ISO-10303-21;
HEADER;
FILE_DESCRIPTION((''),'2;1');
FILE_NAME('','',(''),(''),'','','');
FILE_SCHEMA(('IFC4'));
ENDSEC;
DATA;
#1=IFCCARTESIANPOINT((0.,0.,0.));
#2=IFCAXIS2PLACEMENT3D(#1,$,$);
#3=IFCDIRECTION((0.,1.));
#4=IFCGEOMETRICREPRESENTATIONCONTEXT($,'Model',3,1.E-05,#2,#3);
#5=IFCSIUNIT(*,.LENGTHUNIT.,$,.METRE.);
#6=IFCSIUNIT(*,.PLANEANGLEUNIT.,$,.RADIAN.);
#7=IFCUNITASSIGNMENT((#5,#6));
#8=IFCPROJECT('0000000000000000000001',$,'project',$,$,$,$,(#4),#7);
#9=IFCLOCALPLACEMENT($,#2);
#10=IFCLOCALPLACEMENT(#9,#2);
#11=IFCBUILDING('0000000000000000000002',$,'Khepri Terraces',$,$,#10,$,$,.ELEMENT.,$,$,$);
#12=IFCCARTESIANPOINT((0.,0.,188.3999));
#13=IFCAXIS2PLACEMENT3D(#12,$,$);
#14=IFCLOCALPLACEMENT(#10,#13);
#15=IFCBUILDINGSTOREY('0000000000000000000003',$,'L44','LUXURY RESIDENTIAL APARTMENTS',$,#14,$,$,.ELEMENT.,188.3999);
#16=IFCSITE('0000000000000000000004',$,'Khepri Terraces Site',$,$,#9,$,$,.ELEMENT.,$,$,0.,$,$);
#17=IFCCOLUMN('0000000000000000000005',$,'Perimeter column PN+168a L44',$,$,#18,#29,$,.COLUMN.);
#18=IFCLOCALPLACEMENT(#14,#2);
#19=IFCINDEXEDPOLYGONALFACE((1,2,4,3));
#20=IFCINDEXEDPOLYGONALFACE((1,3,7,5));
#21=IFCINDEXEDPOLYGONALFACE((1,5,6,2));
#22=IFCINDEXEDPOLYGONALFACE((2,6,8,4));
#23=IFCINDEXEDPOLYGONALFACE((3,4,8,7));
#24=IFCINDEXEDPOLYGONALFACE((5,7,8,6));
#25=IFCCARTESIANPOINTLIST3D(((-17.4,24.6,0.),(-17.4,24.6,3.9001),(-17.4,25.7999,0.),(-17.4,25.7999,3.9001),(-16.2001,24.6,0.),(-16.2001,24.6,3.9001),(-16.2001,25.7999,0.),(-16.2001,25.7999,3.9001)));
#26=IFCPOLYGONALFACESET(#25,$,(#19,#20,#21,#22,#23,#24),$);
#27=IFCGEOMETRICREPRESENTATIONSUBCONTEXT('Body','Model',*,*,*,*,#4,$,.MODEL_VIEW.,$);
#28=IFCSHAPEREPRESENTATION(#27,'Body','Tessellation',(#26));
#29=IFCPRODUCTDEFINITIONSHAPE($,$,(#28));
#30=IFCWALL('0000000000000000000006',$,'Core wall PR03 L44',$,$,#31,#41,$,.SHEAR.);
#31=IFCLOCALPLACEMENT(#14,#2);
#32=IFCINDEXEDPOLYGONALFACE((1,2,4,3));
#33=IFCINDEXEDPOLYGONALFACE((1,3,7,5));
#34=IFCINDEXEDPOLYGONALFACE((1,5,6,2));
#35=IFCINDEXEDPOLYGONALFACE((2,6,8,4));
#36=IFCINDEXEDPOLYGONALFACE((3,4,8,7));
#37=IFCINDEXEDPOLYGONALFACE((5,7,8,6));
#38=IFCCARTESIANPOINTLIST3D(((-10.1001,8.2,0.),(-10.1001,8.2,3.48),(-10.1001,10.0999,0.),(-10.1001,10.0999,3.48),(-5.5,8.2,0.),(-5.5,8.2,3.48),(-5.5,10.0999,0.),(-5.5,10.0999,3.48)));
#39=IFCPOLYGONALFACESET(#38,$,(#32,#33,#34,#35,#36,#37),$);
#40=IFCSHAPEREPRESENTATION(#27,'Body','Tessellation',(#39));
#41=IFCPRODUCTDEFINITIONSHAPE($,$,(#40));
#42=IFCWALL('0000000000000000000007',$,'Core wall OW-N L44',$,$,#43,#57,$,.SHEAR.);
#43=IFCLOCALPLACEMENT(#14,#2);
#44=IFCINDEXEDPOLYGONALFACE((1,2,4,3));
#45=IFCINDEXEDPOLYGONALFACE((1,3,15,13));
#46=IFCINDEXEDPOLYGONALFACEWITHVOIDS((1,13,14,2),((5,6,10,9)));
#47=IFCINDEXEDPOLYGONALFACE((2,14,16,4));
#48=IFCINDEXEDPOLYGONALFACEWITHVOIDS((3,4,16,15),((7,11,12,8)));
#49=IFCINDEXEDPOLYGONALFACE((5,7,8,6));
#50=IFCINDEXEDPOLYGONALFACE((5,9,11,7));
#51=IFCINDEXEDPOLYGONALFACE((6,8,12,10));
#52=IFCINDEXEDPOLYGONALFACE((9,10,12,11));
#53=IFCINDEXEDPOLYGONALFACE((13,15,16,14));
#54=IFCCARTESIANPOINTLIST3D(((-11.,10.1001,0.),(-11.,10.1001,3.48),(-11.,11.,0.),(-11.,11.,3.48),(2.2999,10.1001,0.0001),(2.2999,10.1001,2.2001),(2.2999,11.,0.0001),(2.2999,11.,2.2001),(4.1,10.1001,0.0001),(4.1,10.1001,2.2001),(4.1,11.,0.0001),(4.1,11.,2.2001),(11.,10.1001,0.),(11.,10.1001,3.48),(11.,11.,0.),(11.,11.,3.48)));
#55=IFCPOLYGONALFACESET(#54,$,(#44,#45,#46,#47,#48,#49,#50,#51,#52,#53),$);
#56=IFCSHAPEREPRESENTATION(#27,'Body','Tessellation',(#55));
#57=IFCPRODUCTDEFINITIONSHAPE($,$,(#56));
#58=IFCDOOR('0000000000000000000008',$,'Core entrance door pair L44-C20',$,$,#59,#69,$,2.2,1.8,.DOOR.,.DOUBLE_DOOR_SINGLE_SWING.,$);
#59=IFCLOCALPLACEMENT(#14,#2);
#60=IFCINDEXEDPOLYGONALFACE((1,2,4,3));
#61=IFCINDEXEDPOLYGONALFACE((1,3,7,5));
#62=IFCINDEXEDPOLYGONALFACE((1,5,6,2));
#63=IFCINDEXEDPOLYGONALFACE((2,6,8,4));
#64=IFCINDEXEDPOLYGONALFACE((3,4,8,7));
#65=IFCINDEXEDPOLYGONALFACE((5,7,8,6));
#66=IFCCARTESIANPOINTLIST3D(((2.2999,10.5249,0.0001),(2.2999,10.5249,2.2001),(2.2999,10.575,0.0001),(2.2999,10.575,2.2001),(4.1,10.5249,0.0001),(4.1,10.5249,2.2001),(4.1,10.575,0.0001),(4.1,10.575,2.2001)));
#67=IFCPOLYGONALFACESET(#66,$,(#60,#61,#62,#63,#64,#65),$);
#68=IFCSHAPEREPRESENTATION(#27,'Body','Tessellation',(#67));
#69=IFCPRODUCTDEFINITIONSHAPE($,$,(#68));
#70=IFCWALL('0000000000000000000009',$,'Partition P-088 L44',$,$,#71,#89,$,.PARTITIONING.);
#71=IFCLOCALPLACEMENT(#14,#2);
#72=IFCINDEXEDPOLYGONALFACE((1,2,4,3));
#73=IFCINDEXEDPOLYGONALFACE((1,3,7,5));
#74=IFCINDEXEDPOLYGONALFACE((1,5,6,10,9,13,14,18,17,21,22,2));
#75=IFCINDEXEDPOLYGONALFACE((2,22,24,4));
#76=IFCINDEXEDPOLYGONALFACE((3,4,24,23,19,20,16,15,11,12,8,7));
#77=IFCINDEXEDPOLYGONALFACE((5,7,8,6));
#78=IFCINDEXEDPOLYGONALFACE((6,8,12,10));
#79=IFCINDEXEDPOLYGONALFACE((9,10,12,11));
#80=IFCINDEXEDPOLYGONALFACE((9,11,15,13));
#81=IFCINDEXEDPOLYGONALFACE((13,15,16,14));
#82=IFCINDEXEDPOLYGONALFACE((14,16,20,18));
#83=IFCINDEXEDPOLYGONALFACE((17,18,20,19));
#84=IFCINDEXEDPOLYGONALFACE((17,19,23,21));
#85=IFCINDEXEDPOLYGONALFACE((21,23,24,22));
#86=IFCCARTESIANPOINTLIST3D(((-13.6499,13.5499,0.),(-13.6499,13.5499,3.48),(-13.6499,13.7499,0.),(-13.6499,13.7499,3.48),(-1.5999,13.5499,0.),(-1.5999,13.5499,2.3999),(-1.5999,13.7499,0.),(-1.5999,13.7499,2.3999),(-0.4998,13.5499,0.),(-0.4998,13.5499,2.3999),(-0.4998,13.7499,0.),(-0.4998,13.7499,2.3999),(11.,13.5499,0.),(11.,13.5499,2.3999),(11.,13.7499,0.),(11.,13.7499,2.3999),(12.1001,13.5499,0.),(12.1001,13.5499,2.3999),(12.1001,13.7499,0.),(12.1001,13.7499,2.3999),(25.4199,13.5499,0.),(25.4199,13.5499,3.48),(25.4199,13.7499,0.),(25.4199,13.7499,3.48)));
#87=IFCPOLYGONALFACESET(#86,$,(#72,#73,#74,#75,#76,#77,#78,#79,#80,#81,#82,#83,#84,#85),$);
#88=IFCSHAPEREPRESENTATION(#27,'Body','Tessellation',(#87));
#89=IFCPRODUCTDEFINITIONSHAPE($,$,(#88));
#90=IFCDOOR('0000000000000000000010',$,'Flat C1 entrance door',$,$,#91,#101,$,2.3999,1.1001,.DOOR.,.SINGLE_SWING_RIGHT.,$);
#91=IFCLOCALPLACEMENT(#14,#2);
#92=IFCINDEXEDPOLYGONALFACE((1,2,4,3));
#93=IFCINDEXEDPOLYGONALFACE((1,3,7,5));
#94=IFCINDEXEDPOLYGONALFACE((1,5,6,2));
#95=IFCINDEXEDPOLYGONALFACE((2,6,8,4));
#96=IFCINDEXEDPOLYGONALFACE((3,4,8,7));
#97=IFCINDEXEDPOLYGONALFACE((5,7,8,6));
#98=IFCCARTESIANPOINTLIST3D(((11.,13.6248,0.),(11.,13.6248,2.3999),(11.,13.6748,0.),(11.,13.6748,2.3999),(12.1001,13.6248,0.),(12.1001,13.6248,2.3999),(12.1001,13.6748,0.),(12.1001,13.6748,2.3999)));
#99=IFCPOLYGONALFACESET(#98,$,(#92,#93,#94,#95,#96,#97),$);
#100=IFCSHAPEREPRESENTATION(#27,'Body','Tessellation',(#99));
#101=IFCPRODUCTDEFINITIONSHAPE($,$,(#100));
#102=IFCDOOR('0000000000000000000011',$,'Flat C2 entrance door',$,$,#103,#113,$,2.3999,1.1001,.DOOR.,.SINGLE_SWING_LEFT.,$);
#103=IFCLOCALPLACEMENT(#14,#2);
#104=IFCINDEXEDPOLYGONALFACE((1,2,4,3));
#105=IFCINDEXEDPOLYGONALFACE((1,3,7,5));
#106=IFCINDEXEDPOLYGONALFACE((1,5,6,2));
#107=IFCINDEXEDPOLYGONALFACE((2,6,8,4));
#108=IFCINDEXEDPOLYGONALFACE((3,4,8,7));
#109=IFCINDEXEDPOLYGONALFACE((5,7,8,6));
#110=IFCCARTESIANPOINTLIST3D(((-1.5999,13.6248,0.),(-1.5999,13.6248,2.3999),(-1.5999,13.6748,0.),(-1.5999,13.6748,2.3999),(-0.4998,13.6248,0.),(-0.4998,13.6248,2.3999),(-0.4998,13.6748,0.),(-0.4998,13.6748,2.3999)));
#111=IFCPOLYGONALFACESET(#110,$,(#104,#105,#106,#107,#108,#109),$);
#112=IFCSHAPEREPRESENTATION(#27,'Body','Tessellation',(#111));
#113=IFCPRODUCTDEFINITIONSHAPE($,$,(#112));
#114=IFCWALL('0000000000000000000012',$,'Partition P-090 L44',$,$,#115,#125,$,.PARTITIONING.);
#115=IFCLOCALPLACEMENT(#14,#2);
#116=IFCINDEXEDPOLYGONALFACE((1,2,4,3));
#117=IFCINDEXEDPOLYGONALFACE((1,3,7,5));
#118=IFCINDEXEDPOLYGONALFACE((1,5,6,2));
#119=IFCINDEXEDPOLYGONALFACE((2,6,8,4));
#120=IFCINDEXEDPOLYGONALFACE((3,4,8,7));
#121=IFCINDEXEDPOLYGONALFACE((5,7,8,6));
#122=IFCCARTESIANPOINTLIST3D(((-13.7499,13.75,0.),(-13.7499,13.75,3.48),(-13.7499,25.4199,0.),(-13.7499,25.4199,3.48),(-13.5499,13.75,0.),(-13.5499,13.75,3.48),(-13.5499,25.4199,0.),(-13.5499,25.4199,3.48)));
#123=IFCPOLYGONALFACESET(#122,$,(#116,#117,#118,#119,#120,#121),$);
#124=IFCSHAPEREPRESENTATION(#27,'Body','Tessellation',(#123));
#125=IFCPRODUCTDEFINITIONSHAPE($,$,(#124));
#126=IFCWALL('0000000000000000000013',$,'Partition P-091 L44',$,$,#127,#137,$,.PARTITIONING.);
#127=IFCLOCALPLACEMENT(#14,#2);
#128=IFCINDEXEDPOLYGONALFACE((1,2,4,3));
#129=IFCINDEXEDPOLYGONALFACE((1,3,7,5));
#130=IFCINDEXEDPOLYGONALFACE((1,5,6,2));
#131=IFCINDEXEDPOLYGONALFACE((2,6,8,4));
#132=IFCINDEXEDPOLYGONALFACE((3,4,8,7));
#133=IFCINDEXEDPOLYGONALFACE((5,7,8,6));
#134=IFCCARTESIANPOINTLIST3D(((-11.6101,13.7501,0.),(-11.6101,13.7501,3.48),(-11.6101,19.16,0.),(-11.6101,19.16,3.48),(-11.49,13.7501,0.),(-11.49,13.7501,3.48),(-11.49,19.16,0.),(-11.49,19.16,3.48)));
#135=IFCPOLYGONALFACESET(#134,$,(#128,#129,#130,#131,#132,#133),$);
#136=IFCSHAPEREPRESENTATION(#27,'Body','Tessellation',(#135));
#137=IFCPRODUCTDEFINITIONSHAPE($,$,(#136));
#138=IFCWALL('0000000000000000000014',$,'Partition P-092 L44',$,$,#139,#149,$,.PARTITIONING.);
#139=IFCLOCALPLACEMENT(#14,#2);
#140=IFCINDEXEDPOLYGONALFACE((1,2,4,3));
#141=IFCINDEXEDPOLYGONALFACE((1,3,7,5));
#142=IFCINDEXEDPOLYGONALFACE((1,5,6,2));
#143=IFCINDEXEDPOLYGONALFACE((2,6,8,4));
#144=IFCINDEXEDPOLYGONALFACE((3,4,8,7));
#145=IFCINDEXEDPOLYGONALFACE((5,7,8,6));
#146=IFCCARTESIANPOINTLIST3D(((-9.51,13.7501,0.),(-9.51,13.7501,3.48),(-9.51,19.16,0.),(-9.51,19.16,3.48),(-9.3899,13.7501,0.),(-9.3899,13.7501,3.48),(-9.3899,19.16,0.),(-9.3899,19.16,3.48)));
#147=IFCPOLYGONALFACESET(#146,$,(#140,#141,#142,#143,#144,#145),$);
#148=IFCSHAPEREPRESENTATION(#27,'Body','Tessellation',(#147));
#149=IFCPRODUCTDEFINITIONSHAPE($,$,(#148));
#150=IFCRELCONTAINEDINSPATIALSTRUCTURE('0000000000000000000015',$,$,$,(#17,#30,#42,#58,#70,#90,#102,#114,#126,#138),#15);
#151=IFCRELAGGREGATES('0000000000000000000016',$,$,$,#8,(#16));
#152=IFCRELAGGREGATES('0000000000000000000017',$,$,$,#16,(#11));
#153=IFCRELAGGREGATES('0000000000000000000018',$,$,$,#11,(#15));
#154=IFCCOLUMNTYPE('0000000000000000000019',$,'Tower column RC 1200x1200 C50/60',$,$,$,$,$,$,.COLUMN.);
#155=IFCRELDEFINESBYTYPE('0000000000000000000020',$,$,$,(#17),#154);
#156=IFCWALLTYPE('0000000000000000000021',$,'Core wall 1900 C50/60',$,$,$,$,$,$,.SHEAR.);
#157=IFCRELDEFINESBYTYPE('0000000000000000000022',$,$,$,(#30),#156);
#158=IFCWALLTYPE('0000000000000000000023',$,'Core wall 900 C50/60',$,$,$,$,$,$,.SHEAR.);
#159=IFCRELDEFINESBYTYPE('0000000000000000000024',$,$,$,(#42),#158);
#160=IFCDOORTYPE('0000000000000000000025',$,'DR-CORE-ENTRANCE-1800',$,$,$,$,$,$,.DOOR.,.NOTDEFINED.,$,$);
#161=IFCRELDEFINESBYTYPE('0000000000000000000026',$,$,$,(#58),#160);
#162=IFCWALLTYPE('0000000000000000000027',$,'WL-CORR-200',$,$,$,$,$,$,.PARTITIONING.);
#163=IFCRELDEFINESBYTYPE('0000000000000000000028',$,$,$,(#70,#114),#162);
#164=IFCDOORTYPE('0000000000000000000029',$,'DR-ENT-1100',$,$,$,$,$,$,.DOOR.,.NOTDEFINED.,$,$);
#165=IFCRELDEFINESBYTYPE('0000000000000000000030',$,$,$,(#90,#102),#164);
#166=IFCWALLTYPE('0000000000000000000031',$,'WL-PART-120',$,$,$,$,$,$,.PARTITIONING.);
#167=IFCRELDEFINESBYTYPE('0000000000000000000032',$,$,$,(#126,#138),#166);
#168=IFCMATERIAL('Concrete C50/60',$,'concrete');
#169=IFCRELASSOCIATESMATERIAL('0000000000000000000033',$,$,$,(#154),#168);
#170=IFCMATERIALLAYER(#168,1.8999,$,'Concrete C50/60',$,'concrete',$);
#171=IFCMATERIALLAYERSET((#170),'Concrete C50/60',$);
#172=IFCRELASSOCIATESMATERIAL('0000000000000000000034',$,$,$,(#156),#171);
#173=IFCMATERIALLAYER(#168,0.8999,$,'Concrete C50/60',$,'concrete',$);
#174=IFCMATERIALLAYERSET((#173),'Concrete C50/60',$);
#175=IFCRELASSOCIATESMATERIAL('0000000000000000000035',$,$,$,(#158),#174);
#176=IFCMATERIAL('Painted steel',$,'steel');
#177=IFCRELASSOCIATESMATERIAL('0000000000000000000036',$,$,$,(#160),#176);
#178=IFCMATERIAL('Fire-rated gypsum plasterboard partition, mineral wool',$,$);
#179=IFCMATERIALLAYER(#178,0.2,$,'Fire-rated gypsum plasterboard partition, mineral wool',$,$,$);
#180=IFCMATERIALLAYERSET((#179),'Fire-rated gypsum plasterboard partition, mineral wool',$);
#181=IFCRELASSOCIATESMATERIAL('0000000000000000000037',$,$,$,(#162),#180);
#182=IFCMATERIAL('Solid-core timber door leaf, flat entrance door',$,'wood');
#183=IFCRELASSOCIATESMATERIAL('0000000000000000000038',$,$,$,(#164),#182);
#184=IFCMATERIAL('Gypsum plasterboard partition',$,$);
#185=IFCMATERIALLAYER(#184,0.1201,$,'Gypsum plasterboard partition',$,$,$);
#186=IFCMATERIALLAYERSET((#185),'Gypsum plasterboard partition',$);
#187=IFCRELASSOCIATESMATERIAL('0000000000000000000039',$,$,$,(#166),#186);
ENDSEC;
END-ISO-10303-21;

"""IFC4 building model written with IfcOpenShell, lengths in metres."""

from ifc_helpers import new_model, si_unit, direction, frame, frame_2d, origin, origin_2d, place, context, subcontext, project, spatial, rectangle, extrude, material, layer, layer_set, material_profile, profile_set, type_object, element, fill, save


model = new_model("IFC4")

# Units and contexts
model_context = context("Model", 3, precision=1e-05, world=origin(), true_north=direction((0.0, 1.0)))
body_context = subcontext(model_context, "Body", "Model", "MODEL_VIEW")
ifc_project = project(units=[si_unit("LENGTHUNIT", "METRE"), si_unit("PLANEANGLEUNIT", "RADIAN")], contexts=[model_context])

# Site, building, storey
site_placement = place(None, origin())
site = spatial("IfcSite", under=ifc_project, at=site_placement, Name="Khepri Terraces Site", CompositionType="ELEMENT", RefElevation=0.0)
building_placement = place(site_placement, origin())
building = spatial("IfcBuilding", under=site, at=building_placement, Name="Khepri Terraces", CompositionType="ELEMENT")
storey_placement = place(building_placement, frame((0.0, 0.0, 188.3999)))
storey = spatial("IfcBuildingStorey", under=building, at=storey_placement, Name="L44", Description="LUXURY RESIDENTIAL APARTMENTS", CompositionType="ELEMENT", Elevation=188.3999)

# Column
ifc_material_1 = material(Name="Concrete C50/60", Category="concrete")
ifc_material_profile = material_profile(ifc_material_1, rectangle(XDim=1.2, YDim=1.2, at=origin_2d()), Name="Concrete C50/60", Category="concrete")
ifc_profile_set = profile_set([ifc_material_profile], Name="Concrete C50/60")
column_type = type_object("IfcColumnType", Name="Tower column RC 1200x1200 C50/60", PredefinedType="COLUMN", material=ifc_profile_set)
column_placement = place(storey_placement, frame((-16.8, 25.2, 0.0), z_axis=(0.0, 0.0, 1.0), x_axis=(1.0, 0.0, 0.0)))
element("IfcColumn", 1, at=column_placement, inside=storey, type_object=column_type, Name="Perimeter column PN+168a L44", PredefinedType="COLUMN", context=body_context, shape_type="SweptSolid", body=[
    extrude(rectangle(XDim=1.2, YDim=1.2, at=origin_2d()), origin(), (0.0, 0.0, 1.0), 3.9001),
])

# Wall
ifc_layer_1 = layer(ifc_material_1, 1.8999, Name="Concrete C50/60", Category="concrete")
ifc_layer_set_1 = layer_set([ifc_layer_1], Name="Concrete C50/60")
wall_type_1 = type_object("IfcWallType", Name="Core wall 1900 C50/60", PredefinedType="SHEAR", material=ifc_layer_set_1)
wall_1_placement = place(storey_placement, frame((-10.1001, 9.1499, 0.0), z_axis=(0.0, 0.0, 1.0), x_axis=(1.0, 0.0, 0.0)))
element("IfcWall", 2, at=wall_1_placement, inside=storey, type_object=wall_type_1, Name="Core wall PR03 L44", PredefinedType="SHEAR", context=body_context, shape_type="SweptSolid", body=[
    extrude(rectangle(XDim=4.6001, YDim=1.8999, at=frame_2d((2.3, 0.0))), origin(), (0.0, 0.0, 1.0), 3.48),
])

# Wall, opening, door
ifc_layer_2 = layer(ifc_material_1, 0.8999, Name="Concrete C50/60", Category="concrete")
ifc_layer_set_2 = layer_set([ifc_layer_2], Name="Concrete C50/60")
wall_type_2 = type_object("IfcWallType", Name="Core wall 900 C50/60", PredefinedType="SHEAR", material=ifc_layer_set_2)
wall_2_placement = place(storey_placement, frame((-11.0, 10.55, 0.0), z_axis=(0.0, 0.0, 1.0), x_axis=(1.0, 0.0, 0.0)))
wall_2 = element("IfcWall", 3, at=wall_2_placement, inside=storey, type_object=wall_type_2, Name="Core wall OW-N L44", PredefinedType="SHEAR", context=body_context, shape_type="SweptSolid", body=[
    extrude(rectangle(XDim=22.0, YDim=0.8999, at=frame_2d((11.0, 0.0))), origin(), (0.0, 0.0, 1.0), 3.48),
])
opening_1_placement = place(wall_2_placement, frame((13.3, 0.0, 0.0)))
opening_1 = element("IfcOpeningElement", 4, at=opening_1_placement, cuts=wall_2, PredefinedType="OPENING", context=body_context, shape_type="SweptSolid", body=[
    extrude(rectangle(XDim=1.8, YDim=2.2, at=frame_2d((0.8999, 1.1001))), frame((0.0, 0.46, 0.0), z_axis=(0.0, -1.0, 0.0), x_axis=(1.0, 0.0, 0.0)), (0.0, 0.0, 1.0), 0.9199),
])
ifc_material_2 = material(Name="Painted steel", Category="steel")
door_type_1 = type_object("IfcDoorType", Name="DR-CORE-ENTRANCE-1800", OperationType="NOTDEFINED", PredefinedType="DOOR", material=ifc_material_2)
door_1_placement = place(opening_1_placement, origin())
door_1 = element("IfcDoor", 5, at=door_1_placement, inside=storey, type_object=door_type_1, Name="Core entrance door pair L44-C20", OperationType="DOUBLE_DOOR_SINGLE_SWING", OverallHeight=2.2, OverallWidth=1.8, PredefinedType="DOOR", context=body_context, shape_type="SweptSolid", body=[
    extrude(rectangle(XDim=1.8, YDim=2.2, at=frame_2d((0.8999, 1.1001))), frame((0.0, 0.0249, 0.0), z_axis=(0.0, -1.0, 0.0), x_axis=(1.0, 0.0, 0.0)), (0.0, 0.0, 1.0), 0.05),
])
fill(opening_1, door_1)

# Wall, openings, doors
ifc_material_3 = material(Name="Fire-rated gypsum plasterboard partition, mineral wool")
ifc_layer_3 = layer(ifc_material_3, 0.2, Name="Fire-rated gypsum plasterboard partition, mineral wool")
ifc_layer_set_3 = layer_set([ifc_layer_3], Name="Fire-rated gypsum plasterboard partition, mineral wool")
wall_type_3 = type_object("IfcWallType", Name="WL-CORR-200", PredefinedType="PARTITIONING", material=ifc_layer_set_3)
wall_3_placement = place(storey_placement, frame((-13.6499, 13.6499, 0.0), z_axis=(0.0, 0.0, 1.0), x_axis=(1.0, 0.0, 0.0)))
wall_3 = element("IfcWall", 6, at=wall_3_placement, inside=storey, type_object=wall_type_3, Name="Partition P-088 L44", PredefinedType="PARTITIONING", context=body_context, shape_type="SweptSolid", body=[
    extrude(rectangle(XDim=39.0698, YDim=0.2, at=frame_2d((19.5349, 0.0))), origin(), (0.0, 0.0, 1.0), 3.48),
])
opening_2_placement = place(wall_3_placement, frame((24.6499, 0.0, 0.0)))
opening_2 = element("IfcOpeningElement", 7, at=opening_2_placement, cuts=wall_3, PredefinedType="OPENING", context=body_context, shape_type="SweptSolid", body=[
    extrude(rectangle(XDim=1.1001, YDim=2.3999, at=frame_2d((0.55, 1.2))), frame((0.0, 0.1099, 0.0), z_axis=(0.0, -1.0, 0.0), x_axis=(1.0, 0.0, 0.0)), (0.0, 0.0, 1.0), 0.22),
])
opening_3_placement = place(wall_3_placement, frame((12.05, 0.0, 0.0)))
opening_3 = element("IfcOpeningElement", 8, at=opening_3_placement, cuts=wall_3, PredefinedType="OPENING", context=body_context, shape_type="SweptSolid", body=[
    extrude(rectangle(XDim=1.1001, YDim=2.3999, at=frame_2d((0.55, 1.2))), frame((0.0, 0.1099, 0.0), z_axis=(0.0, -1.0, 0.0), x_axis=(1.0, 0.0, 0.0)), (0.0, 0.0, 1.0), 0.22),
])
ifc_material_4 = material(Name="Solid-core timber door leaf, flat entrance door", Category="wood")
door_type_2 = type_object("IfcDoorType", Name="DR-ENT-1100", OperationType="NOTDEFINED", PredefinedType="DOOR", material=ifc_material_4)
door_2_placement = place(opening_2_placement, origin())
door_2 = element("IfcDoor", 9, at=door_2_placement, inside=storey, type_object=door_type_2, Name="Flat C1 entrance door", OperationType="SINGLE_SWING_RIGHT", OverallHeight=2.3999, OverallWidth=1.1001, PredefinedType="DOOR", context=body_context, shape_type="SweptSolid", body=[
    extrude(rectangle(XDim=1.1001, YDim=2.3999, at=frame_2d((0.55, 1.2))), frame((0.0, 0.0249, 0.0), z_axis=(0.0, -1.0, 0.0), x_axis=(1.0, 0.0, 0.0)), (0.0, 0.0, 1.0), 0.05),
])
fill(opening_2, door_2)
door_3_placement = place(opening_3_placement, origin())
door_3 = element("IfcDoor", 10, at=door_3_placement, inside=storey, type_object=door_type_2, Name="Flat C2 entrance door", OperationType="SINGLE_SWING_LEFT", OverallHeight=2.3999, OverallWidth=1.1001, PredefinedType="DOOR", context=body_context, shape_type="SweptSolid", body=[
    extrude(rectangle(XDim=1.1001, YDim=2.3999, at=frame_2d((0.55, 1.2))), frame((0.0, 0.0249, 0.0), z_axis=(0.0, -1.0, 0.0), x_axis=(1.0, 0.0, 0.0)), (0.0, 0.0, 1.0), 0.05),
])
fill(opening_3, door_3)

# Walls
wall_4_placement = place(storey_placement, frame((-13.6499, 13.75, 0.0), z_axis=(0.0, 0.0, 1.0), x_axis=(0.0, 1.0, 0.0)))
element("IfcWall", 11, at=wall_4_placement, inside=storey, type_object=wall_type_3, Name="Partition P-090 L44", PredefinedType="PARTITIONING", context=body_context, shape_type="SweptSolid", body=[
    extrude(rectangle(XDim=11.6699, YDim=0.2, at=frame_2d((5.835, 0.0))), origin(), (0.0, 0.0, 1.0), 3.48),
])
ifc_material_5 = material(Name="Gypsum plasterboard partition")
ifc_layer_4 = layer(ifc_material_5, 0.1201, Name="Gypsum plasterboard partition")
ifc_layer_set_4 = layer_set([ifc_layer_4], Name="Gypsum plasterboard partition")
wall_type_4 = type_object("IfcWallType", Name="WL-PART-120", PredefinedType="PARTITIONING", material=ifc_layer_set_4)
for number, where, z_axis, x_axis, name in (
    (12, (-11.55, 13.75, 0.0), (0.0, 0.0, 1.0), (0.0, 1.0, 0.0), "Partition P-091 L44"),
    (13, (-9.45, 13.75, 0.0), (0.0, 0.0, 1.0), (0.0, 1.0, 0.0), "Partition P-092 L44"),
):
    element("IfcWall", number, at=place(storey_placement, frame(where, z_axis=z_axis, x_axis=x_axis)), inside=storey, type_object=wall_type_4, Name=name, PredefinedType="PARTITIONING", context=body_context, shape_type="SweptSolid", body=[
        extrude(rectangle(XDim=5.4099, YDim=0.1201, at=frame_2d((2.7051, 0.0))), origin(), (0.0, 0.0, 1.0), 3.48),
    ])

save(model, "model.ifc")
